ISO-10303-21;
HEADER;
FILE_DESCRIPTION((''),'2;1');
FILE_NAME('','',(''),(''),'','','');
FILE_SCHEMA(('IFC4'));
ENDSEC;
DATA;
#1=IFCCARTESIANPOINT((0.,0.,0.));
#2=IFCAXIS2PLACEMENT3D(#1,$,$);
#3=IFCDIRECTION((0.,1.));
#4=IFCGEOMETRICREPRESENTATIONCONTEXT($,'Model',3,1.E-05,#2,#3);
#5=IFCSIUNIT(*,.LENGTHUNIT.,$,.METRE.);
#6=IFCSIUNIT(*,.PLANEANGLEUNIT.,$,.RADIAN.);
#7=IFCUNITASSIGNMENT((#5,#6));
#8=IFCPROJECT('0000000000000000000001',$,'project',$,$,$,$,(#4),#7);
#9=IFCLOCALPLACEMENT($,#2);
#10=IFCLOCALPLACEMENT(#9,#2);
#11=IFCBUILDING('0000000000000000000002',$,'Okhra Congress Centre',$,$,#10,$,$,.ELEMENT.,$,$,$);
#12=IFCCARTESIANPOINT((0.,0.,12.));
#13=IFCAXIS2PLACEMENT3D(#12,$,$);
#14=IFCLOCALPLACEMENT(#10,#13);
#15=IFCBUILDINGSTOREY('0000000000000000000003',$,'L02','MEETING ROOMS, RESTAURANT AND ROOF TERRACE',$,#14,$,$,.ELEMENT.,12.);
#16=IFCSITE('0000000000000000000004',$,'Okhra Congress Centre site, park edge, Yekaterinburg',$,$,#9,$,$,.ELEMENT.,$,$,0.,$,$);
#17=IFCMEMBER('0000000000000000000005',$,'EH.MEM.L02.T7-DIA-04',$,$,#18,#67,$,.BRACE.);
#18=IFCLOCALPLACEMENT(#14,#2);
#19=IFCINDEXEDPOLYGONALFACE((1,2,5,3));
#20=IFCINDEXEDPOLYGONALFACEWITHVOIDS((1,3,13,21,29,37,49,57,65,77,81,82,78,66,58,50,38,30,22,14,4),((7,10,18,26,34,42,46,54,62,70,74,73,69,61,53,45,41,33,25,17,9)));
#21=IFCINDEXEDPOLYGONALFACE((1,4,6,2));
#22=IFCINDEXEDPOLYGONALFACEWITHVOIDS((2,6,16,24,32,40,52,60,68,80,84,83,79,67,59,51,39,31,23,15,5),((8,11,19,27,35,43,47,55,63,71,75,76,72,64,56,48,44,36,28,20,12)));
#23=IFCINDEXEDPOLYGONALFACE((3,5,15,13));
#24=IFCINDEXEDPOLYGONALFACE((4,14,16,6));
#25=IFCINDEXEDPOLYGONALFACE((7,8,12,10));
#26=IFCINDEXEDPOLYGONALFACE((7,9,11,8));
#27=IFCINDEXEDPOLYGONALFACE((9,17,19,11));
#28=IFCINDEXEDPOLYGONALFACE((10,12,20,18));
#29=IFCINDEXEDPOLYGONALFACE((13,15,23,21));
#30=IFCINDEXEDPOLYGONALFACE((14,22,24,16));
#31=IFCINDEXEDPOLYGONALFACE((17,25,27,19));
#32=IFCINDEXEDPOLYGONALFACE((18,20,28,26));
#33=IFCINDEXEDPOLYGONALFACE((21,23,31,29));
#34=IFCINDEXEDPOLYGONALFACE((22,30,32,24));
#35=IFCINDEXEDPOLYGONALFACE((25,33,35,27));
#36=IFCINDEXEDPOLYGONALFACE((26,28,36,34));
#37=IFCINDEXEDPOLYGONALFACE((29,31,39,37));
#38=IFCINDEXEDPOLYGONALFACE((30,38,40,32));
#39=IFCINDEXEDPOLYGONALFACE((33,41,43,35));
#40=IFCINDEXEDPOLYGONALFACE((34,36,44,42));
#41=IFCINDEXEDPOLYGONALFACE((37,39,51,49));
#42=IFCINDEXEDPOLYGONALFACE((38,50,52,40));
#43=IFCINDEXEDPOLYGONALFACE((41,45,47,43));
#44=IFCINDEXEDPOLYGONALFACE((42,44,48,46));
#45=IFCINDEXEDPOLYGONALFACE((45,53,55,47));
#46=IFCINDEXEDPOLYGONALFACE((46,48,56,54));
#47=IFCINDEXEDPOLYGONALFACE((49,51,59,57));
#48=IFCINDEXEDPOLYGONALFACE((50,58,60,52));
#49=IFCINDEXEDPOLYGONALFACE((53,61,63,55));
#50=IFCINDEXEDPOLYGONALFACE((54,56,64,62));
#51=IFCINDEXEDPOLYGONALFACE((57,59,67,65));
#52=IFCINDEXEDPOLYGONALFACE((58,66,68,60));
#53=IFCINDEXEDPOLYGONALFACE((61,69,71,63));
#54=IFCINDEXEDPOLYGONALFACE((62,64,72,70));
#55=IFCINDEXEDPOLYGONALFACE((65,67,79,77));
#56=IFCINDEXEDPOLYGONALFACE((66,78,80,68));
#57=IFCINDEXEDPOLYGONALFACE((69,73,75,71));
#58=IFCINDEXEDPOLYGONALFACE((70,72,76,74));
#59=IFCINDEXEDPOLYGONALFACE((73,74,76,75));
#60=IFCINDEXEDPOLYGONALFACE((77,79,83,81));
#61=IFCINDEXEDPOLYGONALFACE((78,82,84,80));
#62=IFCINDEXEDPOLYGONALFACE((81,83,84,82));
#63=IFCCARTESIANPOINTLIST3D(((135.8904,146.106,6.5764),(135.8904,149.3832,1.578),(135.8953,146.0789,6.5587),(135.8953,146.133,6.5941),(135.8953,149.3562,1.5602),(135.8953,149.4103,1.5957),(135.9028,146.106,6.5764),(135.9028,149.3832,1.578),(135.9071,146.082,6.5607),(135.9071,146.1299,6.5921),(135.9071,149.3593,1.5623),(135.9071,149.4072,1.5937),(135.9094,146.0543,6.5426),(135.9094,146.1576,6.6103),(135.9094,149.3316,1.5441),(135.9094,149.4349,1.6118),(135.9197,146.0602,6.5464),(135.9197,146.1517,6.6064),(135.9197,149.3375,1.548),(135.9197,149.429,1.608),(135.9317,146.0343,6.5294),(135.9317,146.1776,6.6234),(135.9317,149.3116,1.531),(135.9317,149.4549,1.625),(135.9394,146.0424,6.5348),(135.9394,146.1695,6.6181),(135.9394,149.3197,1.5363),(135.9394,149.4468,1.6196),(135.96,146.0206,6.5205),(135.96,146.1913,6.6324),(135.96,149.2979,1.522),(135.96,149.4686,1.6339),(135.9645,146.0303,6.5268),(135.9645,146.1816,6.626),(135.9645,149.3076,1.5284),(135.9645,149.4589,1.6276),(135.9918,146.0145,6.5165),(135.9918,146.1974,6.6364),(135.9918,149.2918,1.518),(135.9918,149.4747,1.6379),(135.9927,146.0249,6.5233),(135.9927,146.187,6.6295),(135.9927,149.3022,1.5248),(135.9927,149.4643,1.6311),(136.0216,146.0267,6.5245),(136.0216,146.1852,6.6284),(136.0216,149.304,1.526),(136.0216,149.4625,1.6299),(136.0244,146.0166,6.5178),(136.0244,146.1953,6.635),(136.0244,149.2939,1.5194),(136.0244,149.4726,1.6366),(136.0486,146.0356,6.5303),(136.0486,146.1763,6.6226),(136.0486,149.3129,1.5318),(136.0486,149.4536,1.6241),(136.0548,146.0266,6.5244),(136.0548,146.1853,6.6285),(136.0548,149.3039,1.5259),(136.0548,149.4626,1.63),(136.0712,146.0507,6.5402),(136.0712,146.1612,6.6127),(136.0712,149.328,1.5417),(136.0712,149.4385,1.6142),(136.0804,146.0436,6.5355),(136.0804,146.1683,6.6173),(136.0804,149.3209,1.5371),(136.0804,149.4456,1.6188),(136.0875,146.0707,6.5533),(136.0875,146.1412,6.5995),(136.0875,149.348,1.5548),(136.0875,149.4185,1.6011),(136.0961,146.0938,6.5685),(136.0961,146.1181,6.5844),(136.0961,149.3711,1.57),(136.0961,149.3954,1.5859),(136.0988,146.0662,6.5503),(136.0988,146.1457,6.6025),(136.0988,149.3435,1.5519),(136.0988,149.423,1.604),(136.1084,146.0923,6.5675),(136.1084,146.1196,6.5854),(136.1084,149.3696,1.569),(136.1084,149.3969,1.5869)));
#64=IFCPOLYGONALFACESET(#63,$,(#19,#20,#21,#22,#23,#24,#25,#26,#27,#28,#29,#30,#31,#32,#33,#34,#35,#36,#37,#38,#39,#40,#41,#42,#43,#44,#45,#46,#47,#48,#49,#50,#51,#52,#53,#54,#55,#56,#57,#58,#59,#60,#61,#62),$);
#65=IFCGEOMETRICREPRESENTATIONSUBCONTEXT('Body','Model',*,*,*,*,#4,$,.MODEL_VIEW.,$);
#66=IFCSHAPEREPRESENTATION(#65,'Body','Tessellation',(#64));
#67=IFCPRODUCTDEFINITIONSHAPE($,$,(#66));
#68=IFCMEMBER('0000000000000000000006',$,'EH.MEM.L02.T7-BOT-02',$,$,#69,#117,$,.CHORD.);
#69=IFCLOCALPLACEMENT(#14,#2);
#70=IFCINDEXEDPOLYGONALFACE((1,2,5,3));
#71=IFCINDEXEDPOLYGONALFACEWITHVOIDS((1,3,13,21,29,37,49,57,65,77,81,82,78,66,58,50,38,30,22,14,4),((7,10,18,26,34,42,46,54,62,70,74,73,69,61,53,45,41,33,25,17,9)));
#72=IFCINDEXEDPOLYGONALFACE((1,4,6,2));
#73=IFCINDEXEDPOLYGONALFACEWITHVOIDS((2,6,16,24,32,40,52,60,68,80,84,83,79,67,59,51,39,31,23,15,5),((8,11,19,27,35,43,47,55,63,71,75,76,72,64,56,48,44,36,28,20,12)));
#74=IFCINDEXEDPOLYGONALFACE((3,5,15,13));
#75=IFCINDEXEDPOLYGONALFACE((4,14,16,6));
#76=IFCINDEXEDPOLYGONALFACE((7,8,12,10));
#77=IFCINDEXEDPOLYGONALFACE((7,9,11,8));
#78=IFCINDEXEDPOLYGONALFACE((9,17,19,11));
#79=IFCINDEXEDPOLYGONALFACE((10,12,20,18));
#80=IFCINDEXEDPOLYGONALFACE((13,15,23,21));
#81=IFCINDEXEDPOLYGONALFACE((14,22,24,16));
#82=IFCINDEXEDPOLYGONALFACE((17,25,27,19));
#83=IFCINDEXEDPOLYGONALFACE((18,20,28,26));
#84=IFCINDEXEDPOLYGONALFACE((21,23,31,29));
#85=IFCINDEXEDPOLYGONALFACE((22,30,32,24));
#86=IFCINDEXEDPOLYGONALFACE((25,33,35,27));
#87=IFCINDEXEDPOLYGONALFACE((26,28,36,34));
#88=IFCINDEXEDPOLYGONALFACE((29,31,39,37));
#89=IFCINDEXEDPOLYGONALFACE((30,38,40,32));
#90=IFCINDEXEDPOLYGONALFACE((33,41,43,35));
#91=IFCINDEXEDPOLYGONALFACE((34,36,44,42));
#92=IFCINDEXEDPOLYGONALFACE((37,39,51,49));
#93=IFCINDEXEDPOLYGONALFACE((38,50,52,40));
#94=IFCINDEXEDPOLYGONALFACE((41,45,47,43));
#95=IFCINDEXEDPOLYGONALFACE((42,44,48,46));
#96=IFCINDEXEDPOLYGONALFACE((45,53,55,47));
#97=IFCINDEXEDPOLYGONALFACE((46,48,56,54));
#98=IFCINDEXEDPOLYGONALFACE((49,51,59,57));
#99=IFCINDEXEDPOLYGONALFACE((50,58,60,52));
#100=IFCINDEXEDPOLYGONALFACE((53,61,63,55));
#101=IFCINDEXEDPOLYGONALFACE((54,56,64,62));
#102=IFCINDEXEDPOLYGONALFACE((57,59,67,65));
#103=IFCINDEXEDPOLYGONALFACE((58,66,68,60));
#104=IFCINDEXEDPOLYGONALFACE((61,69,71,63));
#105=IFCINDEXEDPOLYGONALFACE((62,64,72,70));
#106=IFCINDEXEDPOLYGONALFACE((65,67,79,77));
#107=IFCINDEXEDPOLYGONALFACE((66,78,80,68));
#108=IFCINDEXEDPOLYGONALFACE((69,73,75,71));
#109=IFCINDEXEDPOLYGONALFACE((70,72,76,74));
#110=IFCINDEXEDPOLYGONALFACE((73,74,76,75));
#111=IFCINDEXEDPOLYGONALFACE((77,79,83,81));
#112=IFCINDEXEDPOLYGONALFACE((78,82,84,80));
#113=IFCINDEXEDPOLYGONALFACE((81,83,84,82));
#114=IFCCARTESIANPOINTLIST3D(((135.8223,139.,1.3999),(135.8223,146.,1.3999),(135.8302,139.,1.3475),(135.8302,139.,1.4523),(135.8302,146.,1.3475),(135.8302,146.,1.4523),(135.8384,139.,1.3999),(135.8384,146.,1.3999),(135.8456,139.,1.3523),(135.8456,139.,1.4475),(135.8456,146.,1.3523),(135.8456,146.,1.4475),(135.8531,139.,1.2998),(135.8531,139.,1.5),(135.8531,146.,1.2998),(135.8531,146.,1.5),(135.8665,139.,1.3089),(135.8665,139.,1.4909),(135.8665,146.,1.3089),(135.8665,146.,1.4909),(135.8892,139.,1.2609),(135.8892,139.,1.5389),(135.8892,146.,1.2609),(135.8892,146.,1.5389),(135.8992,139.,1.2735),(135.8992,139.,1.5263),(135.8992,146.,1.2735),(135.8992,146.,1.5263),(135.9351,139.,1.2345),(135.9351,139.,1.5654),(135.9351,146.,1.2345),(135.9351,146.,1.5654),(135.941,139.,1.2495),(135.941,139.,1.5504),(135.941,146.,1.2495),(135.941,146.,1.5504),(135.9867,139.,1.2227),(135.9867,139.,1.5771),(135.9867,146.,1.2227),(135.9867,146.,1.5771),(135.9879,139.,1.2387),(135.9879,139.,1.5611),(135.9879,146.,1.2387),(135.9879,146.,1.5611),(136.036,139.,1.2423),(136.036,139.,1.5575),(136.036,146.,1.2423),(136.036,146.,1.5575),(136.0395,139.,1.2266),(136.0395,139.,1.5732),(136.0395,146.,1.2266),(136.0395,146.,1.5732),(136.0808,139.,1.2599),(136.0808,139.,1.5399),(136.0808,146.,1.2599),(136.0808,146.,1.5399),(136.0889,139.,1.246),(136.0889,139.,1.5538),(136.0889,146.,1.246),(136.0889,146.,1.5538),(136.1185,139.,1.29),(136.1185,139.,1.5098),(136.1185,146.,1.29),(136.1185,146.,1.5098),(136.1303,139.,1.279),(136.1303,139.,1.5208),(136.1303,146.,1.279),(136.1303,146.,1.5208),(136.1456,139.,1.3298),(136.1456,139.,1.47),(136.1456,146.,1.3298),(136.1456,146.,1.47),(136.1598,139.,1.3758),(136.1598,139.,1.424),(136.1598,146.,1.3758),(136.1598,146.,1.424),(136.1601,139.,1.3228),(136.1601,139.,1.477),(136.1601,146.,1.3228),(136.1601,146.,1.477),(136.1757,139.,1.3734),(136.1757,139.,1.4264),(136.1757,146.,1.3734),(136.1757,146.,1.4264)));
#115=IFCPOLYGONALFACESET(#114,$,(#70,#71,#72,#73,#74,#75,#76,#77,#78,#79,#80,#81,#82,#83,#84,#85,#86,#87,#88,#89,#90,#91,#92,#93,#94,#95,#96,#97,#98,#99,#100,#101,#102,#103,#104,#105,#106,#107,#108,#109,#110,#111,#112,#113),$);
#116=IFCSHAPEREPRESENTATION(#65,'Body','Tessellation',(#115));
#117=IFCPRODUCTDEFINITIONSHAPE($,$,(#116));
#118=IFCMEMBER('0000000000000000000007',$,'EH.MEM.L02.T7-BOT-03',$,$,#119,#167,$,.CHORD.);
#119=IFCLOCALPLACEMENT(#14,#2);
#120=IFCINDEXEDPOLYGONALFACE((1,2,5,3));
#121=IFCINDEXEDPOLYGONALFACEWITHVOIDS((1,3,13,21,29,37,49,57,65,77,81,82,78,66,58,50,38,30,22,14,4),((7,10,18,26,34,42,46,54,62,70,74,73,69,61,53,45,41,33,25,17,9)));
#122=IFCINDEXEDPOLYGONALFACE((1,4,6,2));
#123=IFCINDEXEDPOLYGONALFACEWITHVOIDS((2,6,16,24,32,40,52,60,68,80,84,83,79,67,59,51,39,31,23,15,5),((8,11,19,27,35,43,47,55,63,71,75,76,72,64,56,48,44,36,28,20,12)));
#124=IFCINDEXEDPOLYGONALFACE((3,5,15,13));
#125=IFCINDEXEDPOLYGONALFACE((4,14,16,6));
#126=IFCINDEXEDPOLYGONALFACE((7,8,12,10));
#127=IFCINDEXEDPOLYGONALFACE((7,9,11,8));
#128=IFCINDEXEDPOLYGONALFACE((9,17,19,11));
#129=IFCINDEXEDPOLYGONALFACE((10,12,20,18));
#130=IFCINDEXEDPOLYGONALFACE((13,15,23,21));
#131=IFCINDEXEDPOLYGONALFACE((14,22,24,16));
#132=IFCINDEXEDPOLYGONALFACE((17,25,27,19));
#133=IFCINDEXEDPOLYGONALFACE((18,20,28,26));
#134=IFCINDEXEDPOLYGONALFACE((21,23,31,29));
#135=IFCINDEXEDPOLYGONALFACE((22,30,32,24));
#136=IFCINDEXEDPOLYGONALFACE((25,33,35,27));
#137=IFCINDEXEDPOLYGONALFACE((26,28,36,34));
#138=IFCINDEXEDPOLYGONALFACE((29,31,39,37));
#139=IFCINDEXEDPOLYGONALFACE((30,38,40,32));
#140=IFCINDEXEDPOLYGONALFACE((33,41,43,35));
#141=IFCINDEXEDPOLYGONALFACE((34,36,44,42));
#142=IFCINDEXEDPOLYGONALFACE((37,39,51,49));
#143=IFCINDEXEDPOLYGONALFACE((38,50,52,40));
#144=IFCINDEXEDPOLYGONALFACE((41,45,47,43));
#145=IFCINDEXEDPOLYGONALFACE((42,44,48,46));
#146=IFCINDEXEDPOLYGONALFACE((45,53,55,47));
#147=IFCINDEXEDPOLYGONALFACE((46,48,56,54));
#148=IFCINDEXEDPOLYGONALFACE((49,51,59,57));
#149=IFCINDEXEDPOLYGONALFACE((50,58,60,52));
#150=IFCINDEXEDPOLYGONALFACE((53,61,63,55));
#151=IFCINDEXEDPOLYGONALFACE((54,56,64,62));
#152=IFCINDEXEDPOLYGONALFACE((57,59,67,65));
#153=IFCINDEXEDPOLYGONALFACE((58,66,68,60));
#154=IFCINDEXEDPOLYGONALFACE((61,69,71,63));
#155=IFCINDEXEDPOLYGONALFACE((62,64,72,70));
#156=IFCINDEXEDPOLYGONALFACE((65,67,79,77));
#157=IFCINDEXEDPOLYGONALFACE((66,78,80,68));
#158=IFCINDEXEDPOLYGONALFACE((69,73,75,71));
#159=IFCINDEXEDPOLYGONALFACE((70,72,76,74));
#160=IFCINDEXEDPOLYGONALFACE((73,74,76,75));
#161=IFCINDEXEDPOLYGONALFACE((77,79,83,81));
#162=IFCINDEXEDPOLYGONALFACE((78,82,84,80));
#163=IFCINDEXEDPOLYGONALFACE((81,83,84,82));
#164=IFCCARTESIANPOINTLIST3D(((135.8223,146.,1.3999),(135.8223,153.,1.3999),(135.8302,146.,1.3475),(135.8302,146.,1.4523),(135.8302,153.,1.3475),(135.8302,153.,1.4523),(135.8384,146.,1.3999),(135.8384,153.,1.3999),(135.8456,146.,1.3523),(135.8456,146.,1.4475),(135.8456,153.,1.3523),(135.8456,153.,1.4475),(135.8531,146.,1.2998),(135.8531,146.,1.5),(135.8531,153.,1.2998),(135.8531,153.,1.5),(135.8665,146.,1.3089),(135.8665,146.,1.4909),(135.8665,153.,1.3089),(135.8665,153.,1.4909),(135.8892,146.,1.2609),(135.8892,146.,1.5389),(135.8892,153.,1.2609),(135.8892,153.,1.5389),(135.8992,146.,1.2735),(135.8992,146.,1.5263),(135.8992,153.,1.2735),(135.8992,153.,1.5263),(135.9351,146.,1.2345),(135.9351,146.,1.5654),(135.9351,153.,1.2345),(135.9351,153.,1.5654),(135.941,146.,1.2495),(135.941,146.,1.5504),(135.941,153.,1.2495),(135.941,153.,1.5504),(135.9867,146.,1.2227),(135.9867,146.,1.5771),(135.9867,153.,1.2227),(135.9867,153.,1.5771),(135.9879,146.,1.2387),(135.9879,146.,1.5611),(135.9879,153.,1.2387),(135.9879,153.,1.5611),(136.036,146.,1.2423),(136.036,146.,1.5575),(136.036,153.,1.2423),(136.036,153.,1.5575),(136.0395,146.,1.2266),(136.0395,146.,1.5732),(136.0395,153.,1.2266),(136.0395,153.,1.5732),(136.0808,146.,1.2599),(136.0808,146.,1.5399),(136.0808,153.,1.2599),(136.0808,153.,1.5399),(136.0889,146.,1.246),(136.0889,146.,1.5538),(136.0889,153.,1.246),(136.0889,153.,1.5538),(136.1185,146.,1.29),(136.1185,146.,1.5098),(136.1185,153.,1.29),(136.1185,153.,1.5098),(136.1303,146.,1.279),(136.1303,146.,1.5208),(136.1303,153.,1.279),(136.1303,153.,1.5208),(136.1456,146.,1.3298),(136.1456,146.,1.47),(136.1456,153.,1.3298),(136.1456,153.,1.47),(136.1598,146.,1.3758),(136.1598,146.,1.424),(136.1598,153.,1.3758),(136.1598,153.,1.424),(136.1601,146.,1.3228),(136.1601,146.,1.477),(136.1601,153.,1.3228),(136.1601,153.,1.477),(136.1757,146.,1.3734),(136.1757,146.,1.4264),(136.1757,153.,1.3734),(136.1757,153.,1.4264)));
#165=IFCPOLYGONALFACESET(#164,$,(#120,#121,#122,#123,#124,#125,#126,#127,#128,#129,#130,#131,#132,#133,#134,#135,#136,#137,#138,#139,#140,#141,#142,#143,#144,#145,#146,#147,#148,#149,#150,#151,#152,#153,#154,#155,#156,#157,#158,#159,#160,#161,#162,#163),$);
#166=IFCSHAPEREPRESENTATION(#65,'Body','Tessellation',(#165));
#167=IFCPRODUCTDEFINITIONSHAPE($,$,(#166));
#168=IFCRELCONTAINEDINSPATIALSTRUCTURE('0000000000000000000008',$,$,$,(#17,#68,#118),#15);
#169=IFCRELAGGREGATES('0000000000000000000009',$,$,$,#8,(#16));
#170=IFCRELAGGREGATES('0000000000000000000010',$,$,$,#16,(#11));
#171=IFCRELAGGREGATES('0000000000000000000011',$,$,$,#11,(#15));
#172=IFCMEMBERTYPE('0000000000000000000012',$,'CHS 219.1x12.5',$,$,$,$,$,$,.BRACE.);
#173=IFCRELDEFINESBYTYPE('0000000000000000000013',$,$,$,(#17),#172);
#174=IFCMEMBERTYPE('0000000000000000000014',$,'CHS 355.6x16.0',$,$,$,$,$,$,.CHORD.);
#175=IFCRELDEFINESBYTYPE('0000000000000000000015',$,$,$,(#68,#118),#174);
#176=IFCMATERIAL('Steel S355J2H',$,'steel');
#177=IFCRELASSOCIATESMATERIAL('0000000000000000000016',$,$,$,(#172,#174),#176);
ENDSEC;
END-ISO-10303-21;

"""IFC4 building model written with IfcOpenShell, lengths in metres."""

from ifc_helpers import new_model, si_unit, direction, frame, origin, origin_2d, place, context, subcontext, project, spatial, hollow_circle, extrude, material, material_profile, profile_set, type_object, element, save


model = new_model("IFC4")

# Units and contexts
model_context = context("Model", 3, precision=1e-05, world=origin(), true_north=direction((0.0, 1.0)))
body_context = subcontext(model_context, "Body", "Model", "MODEL_VIEW")
ifc_project = project(units=[si_unit("LENGTHUNIT", "METRE"), si_unit("PLANEANGLEUNIT", "RADIAN")], contexts=[model_context])

# Site, building, storey
site_placement = place(None, origin())
site = spatial("IfcSite", under=ifc_project, at=site_placement, Name="Okhra Congress Centre site, park edge, Yekaterinburg", CompositionType="ELEMENT", RefElevation=0.0)
building_placement = place(site_placement, origin())
building = spatial("IfcBuilding", under=site, at=building_placement, Name="Okhra Congress Centre", CompositionType="ELEMENT")
storey_placement = place(building_placement, frame((0.0, 0.0, 12.0)))
storey = spatial("IfcBuildingStorey", under=building, at=storey_placement, Name="L02", Description="MEETING ROOMS, RESTAURANT AND ROOF TERRACE", CompositionType="ELEMENT", Elevation=12.0)

# Members
ifc_material_1 = material(Name="Steel S355J2H", Category="steel")
ifc_material_profile_1 = material_profile(ifc_material_1, hollow_circle(Radius=0.1096, WallThickness=0.0125, at=origin_2d()), Name="CHS 219.1x12.5")
ifc_profile_set_1 = profile_set([ifc_material_profile_1], Name="Steel S355J2H")
member_type_1 = type_object("IfcMemberType", Name="CHS 219.1x12.5", PredefinedType="BRACE", material=ifc_profile_set_1)
member_1_placement = place(storey_placement, frame((136.0, 146.106, 6.5764), z_axis=(0.0, 0.548312, -0.836274), x_axis=(-1.0, 0.0, 0.0)))
element("IfcMember", 1, at=member_1_placement, inside=storey, type_object=member_type_1, Name="EH.MEM.L02.T7-DIA-04", PredefinedType="BRACE", context=body_context, shape_type="SweptSolid", body=[
    extrude(hollow_circle(Radius=0.1096, WallThickness=0.0125, at=origin_2d()), origin(), (0.0, 0.0, 1.0), 5.9771),
])
ifc_material_profile_2 = material_profile(ifc_material_1, hollow_circle(Radius=0.1777, WallThickness=0.0161, at=origin_2d()), Name="CHS 355.6x16.0")
ifc_profile_set_2 = profile_set([ifc_material_profile_2], Name="Steel S355J2H")
member_type_2 = type_object("IfcMemberType", Name="CHS 355.6x16.0", PredefinedType="CHORD", material=ifc_profile_set_2)
for number, where, z_axis, x_axis, name in (
    (2, (136.0, 139.0, 1.3999), (0.0, 1.0, 0.0), (-1.0, 0.0, 0.0), "EH.MEM.L02.T7-BOT-02"),
    (3, (136.0, 146.0, 1.3999), (0.0, 1.0, 0.0), (-1.0, 0.0, 0.0), "EH.MEM.L02.T7-BOT-03"),
):
    element("IfcMember", number, at=place(storey_placement, frame(where, z_axis=z_axis, x_axis=x_axis)), inside=storey, type_object=member_type_2, Name=name, PredefinedType="CHORD", context=body_context, shape_type="SweptSolid", body=[
        extrude(hollow_circle(Radius=0.1777, WallThickness=0.0161, at=origin_2d()), origin(), (0.0, 0.0, 1.0), 7.0),
    ])

save(model, "model.ifc")
